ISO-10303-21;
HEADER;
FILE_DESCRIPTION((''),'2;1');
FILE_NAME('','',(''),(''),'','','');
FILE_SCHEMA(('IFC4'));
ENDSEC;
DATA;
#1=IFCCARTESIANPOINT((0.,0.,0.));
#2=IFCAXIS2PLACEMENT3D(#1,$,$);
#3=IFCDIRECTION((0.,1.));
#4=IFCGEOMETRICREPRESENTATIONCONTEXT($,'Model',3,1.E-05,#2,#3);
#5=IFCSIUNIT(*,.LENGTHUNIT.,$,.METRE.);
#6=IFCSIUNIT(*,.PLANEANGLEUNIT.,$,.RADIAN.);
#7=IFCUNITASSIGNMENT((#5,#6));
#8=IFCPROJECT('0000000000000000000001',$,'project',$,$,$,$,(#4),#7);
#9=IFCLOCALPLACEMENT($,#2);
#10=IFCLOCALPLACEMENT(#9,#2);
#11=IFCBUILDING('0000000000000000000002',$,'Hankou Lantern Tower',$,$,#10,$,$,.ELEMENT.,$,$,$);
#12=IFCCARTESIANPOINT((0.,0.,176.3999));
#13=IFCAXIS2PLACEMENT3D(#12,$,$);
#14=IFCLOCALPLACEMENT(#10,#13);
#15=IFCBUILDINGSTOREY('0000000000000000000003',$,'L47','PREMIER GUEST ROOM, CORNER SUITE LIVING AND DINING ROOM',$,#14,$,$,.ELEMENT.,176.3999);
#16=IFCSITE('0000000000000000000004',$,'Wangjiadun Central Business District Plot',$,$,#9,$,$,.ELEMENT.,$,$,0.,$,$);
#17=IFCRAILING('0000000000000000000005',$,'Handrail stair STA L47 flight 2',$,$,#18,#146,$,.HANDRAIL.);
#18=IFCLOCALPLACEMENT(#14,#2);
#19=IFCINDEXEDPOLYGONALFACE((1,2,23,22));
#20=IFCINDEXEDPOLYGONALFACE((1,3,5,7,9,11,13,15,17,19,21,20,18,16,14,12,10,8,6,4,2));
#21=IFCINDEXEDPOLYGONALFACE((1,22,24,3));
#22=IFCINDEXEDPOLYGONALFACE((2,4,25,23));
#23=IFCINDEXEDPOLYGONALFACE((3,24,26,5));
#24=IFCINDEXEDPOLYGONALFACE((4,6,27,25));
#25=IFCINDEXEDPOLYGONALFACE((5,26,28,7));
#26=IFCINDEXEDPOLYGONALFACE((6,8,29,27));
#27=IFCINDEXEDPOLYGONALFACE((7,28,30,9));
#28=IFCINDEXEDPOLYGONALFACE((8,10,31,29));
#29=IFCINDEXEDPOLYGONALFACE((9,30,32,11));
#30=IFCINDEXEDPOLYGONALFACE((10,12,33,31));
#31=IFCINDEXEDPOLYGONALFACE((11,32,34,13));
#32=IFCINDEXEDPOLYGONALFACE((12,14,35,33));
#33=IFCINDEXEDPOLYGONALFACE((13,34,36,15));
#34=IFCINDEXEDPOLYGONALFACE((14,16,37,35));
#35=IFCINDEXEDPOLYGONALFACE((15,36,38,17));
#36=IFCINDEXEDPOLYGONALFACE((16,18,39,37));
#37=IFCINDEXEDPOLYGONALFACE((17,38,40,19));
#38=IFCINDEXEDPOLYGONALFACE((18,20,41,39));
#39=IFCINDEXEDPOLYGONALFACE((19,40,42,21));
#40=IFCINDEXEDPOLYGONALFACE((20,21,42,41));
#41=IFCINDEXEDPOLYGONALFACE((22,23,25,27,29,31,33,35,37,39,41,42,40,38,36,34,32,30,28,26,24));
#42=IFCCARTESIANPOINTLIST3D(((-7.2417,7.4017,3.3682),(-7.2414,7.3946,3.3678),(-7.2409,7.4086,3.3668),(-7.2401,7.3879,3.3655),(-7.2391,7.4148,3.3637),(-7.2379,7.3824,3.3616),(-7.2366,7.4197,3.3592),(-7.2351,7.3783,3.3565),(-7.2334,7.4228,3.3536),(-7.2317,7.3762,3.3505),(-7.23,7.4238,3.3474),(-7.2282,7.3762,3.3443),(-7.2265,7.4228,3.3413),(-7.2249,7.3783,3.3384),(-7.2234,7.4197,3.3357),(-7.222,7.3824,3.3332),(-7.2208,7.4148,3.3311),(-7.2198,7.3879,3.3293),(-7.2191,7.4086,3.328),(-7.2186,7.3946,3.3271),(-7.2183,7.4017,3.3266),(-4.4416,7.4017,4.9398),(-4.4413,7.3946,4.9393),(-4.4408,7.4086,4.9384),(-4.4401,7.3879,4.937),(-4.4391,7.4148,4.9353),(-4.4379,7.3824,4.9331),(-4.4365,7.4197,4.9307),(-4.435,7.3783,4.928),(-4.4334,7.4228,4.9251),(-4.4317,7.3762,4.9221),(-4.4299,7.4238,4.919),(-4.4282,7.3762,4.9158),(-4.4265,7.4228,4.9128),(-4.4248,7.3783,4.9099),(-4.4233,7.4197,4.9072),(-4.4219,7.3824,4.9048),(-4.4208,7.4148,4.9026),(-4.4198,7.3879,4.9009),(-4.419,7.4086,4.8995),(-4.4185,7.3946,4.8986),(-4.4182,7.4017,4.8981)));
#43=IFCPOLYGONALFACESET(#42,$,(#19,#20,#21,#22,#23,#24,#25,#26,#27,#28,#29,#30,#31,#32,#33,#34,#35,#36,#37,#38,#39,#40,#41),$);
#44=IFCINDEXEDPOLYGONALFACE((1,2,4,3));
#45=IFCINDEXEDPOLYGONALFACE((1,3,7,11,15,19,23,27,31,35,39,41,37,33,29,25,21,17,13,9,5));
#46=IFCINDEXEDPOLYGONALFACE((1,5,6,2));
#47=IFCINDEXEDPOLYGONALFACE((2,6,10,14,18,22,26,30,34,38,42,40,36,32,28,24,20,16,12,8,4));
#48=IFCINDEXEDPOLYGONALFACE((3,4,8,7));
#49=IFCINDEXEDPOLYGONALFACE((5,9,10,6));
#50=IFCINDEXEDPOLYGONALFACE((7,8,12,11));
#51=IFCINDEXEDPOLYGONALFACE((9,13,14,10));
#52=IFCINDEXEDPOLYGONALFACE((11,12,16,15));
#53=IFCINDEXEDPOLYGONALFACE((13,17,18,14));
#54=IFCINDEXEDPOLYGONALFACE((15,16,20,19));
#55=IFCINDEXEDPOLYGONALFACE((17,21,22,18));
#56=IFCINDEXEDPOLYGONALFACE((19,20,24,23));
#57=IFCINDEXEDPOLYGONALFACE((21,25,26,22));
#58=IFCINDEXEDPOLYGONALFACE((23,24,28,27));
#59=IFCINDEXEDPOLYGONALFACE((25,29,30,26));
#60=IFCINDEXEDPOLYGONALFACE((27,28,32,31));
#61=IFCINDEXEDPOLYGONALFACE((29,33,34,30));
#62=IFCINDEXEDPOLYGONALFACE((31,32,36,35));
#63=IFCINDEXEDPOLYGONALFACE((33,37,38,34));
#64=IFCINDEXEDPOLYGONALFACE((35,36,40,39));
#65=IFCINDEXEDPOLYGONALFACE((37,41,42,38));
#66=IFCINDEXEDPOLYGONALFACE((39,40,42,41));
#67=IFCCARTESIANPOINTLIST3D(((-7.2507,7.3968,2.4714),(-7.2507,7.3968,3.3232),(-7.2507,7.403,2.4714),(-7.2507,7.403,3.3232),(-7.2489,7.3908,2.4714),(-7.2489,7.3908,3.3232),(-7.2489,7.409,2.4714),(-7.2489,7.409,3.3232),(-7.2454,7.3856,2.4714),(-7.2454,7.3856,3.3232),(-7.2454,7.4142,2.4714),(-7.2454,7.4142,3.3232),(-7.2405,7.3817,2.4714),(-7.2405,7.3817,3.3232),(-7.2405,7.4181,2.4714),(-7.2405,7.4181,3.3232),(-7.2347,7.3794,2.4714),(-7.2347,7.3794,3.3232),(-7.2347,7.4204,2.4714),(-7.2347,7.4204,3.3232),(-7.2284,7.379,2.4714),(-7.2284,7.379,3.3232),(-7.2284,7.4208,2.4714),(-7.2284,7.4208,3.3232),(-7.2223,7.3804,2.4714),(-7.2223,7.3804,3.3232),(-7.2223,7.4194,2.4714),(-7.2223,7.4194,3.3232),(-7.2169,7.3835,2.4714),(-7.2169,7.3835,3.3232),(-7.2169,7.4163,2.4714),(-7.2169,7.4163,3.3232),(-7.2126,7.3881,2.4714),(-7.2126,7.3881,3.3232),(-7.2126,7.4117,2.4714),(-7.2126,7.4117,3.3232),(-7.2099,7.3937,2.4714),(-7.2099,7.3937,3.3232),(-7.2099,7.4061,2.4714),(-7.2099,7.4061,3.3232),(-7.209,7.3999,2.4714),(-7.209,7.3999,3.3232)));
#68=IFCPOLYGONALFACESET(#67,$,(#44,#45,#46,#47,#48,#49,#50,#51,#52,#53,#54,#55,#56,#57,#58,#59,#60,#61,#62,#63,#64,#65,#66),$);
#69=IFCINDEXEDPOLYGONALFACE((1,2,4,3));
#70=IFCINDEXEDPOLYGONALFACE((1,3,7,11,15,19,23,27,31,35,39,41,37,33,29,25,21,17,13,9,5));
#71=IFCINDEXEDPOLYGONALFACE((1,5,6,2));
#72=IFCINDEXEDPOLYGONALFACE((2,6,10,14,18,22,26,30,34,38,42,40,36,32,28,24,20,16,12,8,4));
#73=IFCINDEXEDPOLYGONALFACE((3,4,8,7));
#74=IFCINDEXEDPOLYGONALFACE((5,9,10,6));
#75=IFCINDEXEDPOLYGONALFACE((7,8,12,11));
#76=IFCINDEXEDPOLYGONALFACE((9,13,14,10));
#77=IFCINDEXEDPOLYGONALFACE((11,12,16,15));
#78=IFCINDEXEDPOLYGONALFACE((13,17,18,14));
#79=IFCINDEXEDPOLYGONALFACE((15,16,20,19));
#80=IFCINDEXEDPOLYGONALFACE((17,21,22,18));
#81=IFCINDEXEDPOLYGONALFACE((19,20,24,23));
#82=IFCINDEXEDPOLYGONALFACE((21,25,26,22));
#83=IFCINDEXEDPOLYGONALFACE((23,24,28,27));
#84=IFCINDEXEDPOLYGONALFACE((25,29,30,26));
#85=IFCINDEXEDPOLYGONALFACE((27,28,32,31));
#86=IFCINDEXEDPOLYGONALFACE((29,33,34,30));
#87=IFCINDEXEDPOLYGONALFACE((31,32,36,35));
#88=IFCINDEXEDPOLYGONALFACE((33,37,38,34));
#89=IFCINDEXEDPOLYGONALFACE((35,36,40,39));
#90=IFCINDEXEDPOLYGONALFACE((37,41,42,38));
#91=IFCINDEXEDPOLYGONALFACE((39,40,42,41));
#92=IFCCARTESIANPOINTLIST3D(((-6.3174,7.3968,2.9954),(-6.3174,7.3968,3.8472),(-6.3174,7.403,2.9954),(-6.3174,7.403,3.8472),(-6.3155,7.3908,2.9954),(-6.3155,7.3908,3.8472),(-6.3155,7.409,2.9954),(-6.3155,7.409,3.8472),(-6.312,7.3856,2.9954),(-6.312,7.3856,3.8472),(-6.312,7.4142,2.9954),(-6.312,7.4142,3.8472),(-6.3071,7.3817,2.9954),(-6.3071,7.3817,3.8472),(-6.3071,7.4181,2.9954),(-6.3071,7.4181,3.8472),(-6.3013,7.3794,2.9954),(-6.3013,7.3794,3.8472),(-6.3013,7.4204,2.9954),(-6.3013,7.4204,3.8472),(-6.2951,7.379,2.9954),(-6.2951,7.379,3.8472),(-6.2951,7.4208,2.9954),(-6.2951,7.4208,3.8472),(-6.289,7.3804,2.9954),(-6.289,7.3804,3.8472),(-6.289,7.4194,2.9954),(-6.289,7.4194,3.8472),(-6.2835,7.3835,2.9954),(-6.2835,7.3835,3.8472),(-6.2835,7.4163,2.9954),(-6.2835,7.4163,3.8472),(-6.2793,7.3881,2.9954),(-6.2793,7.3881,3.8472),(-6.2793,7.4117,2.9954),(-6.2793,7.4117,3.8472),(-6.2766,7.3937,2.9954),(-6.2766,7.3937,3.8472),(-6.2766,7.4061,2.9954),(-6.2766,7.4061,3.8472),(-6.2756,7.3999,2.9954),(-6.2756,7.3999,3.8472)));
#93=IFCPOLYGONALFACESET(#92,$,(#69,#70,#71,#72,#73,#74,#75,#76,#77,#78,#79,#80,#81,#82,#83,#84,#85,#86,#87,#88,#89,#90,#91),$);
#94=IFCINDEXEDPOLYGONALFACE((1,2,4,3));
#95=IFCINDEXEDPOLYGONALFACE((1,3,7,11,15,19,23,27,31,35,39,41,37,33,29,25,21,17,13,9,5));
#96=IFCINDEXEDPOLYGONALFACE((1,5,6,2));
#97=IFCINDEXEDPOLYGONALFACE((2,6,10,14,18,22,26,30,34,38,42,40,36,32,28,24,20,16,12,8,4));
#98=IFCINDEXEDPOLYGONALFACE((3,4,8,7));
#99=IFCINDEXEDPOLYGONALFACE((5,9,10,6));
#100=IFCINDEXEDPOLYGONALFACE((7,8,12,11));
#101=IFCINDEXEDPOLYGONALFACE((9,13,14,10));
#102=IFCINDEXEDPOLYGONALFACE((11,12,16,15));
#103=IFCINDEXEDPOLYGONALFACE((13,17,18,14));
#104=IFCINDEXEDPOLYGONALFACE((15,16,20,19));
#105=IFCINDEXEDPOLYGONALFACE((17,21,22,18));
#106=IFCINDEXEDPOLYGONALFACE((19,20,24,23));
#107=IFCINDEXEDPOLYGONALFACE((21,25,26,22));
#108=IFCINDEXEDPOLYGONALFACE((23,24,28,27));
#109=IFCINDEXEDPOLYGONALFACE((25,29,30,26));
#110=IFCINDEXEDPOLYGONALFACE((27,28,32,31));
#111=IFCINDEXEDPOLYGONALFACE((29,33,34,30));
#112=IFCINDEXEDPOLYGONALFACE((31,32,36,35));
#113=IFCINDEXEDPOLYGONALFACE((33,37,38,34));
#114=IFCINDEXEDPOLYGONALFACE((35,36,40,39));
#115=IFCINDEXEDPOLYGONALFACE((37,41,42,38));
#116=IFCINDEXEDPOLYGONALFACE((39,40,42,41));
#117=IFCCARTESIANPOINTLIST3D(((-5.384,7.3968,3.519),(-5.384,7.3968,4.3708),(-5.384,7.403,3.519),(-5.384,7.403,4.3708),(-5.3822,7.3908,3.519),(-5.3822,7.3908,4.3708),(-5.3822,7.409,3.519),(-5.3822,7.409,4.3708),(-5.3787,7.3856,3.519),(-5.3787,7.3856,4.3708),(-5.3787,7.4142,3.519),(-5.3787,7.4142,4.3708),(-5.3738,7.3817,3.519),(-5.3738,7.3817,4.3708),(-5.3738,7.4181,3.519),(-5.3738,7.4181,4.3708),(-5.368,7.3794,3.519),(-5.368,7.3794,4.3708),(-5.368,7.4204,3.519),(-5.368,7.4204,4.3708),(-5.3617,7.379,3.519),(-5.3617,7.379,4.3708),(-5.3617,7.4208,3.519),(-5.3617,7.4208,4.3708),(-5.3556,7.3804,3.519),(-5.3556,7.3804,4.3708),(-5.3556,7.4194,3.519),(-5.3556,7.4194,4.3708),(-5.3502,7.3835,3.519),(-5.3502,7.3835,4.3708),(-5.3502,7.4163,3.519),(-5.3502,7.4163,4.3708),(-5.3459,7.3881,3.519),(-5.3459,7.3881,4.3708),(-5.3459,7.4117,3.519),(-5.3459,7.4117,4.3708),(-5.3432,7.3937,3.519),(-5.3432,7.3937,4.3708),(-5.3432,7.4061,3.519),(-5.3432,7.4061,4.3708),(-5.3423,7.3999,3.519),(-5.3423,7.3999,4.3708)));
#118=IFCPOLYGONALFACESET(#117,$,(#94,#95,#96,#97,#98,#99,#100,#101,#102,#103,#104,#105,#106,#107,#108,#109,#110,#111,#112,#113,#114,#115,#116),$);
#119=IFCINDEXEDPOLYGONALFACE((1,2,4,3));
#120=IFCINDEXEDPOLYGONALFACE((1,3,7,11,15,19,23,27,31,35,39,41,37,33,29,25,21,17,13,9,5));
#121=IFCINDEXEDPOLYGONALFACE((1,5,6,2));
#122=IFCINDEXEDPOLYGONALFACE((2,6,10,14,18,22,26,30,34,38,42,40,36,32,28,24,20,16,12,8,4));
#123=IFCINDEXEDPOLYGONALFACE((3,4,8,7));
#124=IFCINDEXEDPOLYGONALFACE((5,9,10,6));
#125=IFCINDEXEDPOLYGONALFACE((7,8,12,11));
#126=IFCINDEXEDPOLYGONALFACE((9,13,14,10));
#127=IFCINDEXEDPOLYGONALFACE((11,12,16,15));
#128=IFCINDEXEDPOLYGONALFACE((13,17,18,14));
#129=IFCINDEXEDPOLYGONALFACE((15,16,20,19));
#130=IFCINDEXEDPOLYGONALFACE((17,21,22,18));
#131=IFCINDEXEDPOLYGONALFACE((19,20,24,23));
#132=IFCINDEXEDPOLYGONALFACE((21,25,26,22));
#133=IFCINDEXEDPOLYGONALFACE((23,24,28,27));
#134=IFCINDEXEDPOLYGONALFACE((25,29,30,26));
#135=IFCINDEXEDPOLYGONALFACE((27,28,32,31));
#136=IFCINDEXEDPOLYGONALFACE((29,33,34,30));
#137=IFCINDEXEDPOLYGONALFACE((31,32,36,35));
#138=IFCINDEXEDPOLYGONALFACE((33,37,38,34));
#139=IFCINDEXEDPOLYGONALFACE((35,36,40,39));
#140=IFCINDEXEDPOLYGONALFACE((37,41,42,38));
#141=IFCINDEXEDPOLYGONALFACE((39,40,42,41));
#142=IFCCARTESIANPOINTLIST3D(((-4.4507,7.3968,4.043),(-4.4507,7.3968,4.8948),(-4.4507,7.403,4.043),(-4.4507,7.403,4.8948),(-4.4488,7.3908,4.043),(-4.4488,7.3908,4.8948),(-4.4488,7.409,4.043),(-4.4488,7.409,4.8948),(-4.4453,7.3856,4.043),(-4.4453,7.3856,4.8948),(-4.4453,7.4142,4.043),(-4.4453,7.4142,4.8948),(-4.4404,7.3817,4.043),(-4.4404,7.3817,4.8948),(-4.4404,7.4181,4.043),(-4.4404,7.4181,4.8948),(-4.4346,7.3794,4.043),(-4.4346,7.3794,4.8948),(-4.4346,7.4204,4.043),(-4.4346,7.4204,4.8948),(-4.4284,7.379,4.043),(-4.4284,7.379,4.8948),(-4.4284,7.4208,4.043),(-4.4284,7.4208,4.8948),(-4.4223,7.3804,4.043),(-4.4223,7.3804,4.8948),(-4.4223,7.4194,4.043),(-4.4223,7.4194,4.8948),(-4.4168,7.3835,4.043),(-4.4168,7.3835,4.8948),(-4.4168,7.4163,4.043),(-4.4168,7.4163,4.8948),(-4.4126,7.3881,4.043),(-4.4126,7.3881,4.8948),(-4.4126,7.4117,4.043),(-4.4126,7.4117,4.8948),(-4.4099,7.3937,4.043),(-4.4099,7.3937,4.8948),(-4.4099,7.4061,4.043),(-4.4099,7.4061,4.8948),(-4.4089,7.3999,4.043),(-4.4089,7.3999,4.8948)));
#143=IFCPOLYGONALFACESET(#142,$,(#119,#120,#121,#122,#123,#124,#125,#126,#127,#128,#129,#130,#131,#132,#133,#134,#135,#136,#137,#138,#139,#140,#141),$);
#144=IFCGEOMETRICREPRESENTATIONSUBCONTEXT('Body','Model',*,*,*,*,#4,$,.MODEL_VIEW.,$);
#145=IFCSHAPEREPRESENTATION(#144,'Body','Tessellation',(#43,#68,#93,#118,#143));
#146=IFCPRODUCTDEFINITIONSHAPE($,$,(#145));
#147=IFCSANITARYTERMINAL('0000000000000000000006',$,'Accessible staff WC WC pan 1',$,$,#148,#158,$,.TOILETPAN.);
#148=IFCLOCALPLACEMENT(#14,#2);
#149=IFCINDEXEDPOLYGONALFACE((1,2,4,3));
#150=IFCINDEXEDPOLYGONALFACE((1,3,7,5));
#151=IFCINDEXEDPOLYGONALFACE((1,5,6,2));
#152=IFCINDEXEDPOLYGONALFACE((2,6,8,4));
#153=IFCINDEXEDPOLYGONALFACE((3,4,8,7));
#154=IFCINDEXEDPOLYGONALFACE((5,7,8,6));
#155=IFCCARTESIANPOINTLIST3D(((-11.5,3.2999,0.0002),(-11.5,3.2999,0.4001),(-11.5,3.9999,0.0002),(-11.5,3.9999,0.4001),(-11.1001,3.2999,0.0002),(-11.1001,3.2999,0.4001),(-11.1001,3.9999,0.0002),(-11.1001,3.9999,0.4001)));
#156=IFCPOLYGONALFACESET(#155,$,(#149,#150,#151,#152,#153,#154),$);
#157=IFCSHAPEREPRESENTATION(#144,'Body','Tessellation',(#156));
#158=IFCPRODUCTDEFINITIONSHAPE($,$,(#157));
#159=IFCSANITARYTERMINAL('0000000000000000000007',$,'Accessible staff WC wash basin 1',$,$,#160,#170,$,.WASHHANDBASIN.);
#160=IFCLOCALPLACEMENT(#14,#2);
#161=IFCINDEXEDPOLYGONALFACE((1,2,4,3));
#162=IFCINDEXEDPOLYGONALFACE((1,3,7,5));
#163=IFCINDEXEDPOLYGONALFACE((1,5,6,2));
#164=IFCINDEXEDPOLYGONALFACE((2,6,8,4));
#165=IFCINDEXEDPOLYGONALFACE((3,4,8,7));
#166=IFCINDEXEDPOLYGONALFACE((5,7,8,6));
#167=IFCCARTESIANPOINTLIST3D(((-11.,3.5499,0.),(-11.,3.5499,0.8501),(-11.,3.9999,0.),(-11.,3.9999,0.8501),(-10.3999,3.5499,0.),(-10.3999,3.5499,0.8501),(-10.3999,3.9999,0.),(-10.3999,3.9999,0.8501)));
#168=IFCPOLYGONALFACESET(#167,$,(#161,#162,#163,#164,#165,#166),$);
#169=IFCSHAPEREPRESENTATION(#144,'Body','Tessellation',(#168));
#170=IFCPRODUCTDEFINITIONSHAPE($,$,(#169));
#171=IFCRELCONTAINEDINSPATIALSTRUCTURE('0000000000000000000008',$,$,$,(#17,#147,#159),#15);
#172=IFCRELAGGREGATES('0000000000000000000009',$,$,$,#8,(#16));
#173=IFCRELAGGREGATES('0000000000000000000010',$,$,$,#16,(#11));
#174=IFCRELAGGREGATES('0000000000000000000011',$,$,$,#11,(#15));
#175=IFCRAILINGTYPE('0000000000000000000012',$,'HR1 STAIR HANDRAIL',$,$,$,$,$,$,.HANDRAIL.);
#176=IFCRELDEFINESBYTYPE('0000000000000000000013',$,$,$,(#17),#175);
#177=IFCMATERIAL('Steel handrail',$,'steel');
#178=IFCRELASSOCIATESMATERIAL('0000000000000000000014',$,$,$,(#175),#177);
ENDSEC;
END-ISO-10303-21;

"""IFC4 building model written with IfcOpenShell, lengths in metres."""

from ifc_helpers import new_model, si_unit, direction, frame, origin, origin_2d, place, context, subcontext, project, spatial, rectangle, circle, extrude, material, type_object, element, save


model = new_model("IFC4")

# Units and contexts
model_context = context("Model", 3, precision=1e-05, world=origin(), true_north=direction((0.0, 1.0)))
body_context = subcontext(model_context, "Body", "Model", "MODEL_VIEW")
ifc_project = project(units=[si_unit("LENGTHUNIT", "METRE"), si_unit("PLANEANGLEUNIT", "RADIAN")], contexts=[model_context])

# Site, building, storey
site_placement = place(None, origin())
site = spatial("IfcSite", under=ifc_project, at=site_placement, Name="Wangjiadun Central Business District Plot", CompositionType="ELEMENT", RefElevation=0.0)
building_placement = place(site_placement, origin())
building = spatial("IfcBuilding", under=site, at=building_placement, Name="Hankou Lantern Tower", CompositionType="ELEMENT")
storey_placement = place(building_placement, frame((0.0, 0.0, 176.3999)))
storey = spatial("IfcBuildingStorey", under=building, at=storey_placement, Name="L47", Description="PREMIER GUEST ROOM, CORNER SUITE LIVING AND DINING ROOM", CompositionType="ELEMENT", Elevation=176.3999)

# Railing
ifc_material_1 = material(Name="Steel handrail", Category="steel")
railing_type = type_object("IfcRailingType", Name="HR1 STAIR HANDRAIL", PredefinedType="HANDRAIL", material=ifc_material_1)
railing_1_placement = place(storey_placement, frame((-7.23, 7.3999, 2.4714)))
element("IfcRailing", 1, at=railing_1_placement, inside=storey, type_object=railing_type, Name="Handrail stair STA L47 flight 2", PredefinedType="HANDRAIL", context=body_context, shape_type="SweptSolid", body=[
    extrude(circle(Radius=0.0239, at=origin_2d()), frame((0.0, 0.0, 0.876), z_axis=(0.87204, 0.0, 0.489434), x_axis=(0.0, 1.0, 0.0)), (0.0, 0.0, 1.0), 3.2109),
    extrude(circle(Radius=0.021, at=origin_2d()), origin(), (0.0, 0.0, 1.0), 0.8518),
    extrude(circle(Radius=0.021, at=origin_2d()), frame((0.9333, 0.0, 0.5239)), (0.0, 0.0, 1.0), 0.8518),
    extrude(circle(Radius=0.021, at=origin_2d()), frame((1.8667, 0.0, 1.0476)), (0.0, 0.0, 1.0), 0.8518),
    extrude(circle(Radius=0.021, at=origin_2d()), frame((2.8, 0.0, 1.5715)), (0.0, 0.0, 1.0), 0.8518),
])

# Sanitary terminals
sanitary_terminal_1_placement = place(storey_placement, frame((-11.3, 3.6499, 0.0002), z_axis=(0.0, 0.0, 1.0), x_axis=(1.0, 0.0, 0.0)))
element("IfcSanitaryTerminal", 2, at=sanitary_terminal_1_placement, inside=storey, Name="Accessible staff WC WC pan 1", PredefinedType="TOILETPAN", context=body_context, shape_type="SweptSolid", body=[
    extrude(rectangle(XDim=0.3999, YDim=0.7, at=origin_2d()), origin(), (0.0, 0.0, 1.0), 0.3999),
])
sanitary_terminal_2_placement = place(storey_placement, frame((-10.7, 3.7749, 0.0), z_axis=(0.0, 0.0, 1.0), x_axis=(1.0, 0.0, 0.0)))
element("IfcSanitaryTerminal", 3, at=sanitary_terminal_2_placement, inside=storey, Name="Accessible staff WC wash basin 1", PredefinedType="WASHHANDBASIN", context=body_context, shape_type="SweptSolid", body=[
    extrude(rectangle(XDim=0.6001, YDim=0.45, at=origin_2d()), origin(), (0.0, 0.0, 1.0), 0.8501),
])

save(model, "model.ifc")
